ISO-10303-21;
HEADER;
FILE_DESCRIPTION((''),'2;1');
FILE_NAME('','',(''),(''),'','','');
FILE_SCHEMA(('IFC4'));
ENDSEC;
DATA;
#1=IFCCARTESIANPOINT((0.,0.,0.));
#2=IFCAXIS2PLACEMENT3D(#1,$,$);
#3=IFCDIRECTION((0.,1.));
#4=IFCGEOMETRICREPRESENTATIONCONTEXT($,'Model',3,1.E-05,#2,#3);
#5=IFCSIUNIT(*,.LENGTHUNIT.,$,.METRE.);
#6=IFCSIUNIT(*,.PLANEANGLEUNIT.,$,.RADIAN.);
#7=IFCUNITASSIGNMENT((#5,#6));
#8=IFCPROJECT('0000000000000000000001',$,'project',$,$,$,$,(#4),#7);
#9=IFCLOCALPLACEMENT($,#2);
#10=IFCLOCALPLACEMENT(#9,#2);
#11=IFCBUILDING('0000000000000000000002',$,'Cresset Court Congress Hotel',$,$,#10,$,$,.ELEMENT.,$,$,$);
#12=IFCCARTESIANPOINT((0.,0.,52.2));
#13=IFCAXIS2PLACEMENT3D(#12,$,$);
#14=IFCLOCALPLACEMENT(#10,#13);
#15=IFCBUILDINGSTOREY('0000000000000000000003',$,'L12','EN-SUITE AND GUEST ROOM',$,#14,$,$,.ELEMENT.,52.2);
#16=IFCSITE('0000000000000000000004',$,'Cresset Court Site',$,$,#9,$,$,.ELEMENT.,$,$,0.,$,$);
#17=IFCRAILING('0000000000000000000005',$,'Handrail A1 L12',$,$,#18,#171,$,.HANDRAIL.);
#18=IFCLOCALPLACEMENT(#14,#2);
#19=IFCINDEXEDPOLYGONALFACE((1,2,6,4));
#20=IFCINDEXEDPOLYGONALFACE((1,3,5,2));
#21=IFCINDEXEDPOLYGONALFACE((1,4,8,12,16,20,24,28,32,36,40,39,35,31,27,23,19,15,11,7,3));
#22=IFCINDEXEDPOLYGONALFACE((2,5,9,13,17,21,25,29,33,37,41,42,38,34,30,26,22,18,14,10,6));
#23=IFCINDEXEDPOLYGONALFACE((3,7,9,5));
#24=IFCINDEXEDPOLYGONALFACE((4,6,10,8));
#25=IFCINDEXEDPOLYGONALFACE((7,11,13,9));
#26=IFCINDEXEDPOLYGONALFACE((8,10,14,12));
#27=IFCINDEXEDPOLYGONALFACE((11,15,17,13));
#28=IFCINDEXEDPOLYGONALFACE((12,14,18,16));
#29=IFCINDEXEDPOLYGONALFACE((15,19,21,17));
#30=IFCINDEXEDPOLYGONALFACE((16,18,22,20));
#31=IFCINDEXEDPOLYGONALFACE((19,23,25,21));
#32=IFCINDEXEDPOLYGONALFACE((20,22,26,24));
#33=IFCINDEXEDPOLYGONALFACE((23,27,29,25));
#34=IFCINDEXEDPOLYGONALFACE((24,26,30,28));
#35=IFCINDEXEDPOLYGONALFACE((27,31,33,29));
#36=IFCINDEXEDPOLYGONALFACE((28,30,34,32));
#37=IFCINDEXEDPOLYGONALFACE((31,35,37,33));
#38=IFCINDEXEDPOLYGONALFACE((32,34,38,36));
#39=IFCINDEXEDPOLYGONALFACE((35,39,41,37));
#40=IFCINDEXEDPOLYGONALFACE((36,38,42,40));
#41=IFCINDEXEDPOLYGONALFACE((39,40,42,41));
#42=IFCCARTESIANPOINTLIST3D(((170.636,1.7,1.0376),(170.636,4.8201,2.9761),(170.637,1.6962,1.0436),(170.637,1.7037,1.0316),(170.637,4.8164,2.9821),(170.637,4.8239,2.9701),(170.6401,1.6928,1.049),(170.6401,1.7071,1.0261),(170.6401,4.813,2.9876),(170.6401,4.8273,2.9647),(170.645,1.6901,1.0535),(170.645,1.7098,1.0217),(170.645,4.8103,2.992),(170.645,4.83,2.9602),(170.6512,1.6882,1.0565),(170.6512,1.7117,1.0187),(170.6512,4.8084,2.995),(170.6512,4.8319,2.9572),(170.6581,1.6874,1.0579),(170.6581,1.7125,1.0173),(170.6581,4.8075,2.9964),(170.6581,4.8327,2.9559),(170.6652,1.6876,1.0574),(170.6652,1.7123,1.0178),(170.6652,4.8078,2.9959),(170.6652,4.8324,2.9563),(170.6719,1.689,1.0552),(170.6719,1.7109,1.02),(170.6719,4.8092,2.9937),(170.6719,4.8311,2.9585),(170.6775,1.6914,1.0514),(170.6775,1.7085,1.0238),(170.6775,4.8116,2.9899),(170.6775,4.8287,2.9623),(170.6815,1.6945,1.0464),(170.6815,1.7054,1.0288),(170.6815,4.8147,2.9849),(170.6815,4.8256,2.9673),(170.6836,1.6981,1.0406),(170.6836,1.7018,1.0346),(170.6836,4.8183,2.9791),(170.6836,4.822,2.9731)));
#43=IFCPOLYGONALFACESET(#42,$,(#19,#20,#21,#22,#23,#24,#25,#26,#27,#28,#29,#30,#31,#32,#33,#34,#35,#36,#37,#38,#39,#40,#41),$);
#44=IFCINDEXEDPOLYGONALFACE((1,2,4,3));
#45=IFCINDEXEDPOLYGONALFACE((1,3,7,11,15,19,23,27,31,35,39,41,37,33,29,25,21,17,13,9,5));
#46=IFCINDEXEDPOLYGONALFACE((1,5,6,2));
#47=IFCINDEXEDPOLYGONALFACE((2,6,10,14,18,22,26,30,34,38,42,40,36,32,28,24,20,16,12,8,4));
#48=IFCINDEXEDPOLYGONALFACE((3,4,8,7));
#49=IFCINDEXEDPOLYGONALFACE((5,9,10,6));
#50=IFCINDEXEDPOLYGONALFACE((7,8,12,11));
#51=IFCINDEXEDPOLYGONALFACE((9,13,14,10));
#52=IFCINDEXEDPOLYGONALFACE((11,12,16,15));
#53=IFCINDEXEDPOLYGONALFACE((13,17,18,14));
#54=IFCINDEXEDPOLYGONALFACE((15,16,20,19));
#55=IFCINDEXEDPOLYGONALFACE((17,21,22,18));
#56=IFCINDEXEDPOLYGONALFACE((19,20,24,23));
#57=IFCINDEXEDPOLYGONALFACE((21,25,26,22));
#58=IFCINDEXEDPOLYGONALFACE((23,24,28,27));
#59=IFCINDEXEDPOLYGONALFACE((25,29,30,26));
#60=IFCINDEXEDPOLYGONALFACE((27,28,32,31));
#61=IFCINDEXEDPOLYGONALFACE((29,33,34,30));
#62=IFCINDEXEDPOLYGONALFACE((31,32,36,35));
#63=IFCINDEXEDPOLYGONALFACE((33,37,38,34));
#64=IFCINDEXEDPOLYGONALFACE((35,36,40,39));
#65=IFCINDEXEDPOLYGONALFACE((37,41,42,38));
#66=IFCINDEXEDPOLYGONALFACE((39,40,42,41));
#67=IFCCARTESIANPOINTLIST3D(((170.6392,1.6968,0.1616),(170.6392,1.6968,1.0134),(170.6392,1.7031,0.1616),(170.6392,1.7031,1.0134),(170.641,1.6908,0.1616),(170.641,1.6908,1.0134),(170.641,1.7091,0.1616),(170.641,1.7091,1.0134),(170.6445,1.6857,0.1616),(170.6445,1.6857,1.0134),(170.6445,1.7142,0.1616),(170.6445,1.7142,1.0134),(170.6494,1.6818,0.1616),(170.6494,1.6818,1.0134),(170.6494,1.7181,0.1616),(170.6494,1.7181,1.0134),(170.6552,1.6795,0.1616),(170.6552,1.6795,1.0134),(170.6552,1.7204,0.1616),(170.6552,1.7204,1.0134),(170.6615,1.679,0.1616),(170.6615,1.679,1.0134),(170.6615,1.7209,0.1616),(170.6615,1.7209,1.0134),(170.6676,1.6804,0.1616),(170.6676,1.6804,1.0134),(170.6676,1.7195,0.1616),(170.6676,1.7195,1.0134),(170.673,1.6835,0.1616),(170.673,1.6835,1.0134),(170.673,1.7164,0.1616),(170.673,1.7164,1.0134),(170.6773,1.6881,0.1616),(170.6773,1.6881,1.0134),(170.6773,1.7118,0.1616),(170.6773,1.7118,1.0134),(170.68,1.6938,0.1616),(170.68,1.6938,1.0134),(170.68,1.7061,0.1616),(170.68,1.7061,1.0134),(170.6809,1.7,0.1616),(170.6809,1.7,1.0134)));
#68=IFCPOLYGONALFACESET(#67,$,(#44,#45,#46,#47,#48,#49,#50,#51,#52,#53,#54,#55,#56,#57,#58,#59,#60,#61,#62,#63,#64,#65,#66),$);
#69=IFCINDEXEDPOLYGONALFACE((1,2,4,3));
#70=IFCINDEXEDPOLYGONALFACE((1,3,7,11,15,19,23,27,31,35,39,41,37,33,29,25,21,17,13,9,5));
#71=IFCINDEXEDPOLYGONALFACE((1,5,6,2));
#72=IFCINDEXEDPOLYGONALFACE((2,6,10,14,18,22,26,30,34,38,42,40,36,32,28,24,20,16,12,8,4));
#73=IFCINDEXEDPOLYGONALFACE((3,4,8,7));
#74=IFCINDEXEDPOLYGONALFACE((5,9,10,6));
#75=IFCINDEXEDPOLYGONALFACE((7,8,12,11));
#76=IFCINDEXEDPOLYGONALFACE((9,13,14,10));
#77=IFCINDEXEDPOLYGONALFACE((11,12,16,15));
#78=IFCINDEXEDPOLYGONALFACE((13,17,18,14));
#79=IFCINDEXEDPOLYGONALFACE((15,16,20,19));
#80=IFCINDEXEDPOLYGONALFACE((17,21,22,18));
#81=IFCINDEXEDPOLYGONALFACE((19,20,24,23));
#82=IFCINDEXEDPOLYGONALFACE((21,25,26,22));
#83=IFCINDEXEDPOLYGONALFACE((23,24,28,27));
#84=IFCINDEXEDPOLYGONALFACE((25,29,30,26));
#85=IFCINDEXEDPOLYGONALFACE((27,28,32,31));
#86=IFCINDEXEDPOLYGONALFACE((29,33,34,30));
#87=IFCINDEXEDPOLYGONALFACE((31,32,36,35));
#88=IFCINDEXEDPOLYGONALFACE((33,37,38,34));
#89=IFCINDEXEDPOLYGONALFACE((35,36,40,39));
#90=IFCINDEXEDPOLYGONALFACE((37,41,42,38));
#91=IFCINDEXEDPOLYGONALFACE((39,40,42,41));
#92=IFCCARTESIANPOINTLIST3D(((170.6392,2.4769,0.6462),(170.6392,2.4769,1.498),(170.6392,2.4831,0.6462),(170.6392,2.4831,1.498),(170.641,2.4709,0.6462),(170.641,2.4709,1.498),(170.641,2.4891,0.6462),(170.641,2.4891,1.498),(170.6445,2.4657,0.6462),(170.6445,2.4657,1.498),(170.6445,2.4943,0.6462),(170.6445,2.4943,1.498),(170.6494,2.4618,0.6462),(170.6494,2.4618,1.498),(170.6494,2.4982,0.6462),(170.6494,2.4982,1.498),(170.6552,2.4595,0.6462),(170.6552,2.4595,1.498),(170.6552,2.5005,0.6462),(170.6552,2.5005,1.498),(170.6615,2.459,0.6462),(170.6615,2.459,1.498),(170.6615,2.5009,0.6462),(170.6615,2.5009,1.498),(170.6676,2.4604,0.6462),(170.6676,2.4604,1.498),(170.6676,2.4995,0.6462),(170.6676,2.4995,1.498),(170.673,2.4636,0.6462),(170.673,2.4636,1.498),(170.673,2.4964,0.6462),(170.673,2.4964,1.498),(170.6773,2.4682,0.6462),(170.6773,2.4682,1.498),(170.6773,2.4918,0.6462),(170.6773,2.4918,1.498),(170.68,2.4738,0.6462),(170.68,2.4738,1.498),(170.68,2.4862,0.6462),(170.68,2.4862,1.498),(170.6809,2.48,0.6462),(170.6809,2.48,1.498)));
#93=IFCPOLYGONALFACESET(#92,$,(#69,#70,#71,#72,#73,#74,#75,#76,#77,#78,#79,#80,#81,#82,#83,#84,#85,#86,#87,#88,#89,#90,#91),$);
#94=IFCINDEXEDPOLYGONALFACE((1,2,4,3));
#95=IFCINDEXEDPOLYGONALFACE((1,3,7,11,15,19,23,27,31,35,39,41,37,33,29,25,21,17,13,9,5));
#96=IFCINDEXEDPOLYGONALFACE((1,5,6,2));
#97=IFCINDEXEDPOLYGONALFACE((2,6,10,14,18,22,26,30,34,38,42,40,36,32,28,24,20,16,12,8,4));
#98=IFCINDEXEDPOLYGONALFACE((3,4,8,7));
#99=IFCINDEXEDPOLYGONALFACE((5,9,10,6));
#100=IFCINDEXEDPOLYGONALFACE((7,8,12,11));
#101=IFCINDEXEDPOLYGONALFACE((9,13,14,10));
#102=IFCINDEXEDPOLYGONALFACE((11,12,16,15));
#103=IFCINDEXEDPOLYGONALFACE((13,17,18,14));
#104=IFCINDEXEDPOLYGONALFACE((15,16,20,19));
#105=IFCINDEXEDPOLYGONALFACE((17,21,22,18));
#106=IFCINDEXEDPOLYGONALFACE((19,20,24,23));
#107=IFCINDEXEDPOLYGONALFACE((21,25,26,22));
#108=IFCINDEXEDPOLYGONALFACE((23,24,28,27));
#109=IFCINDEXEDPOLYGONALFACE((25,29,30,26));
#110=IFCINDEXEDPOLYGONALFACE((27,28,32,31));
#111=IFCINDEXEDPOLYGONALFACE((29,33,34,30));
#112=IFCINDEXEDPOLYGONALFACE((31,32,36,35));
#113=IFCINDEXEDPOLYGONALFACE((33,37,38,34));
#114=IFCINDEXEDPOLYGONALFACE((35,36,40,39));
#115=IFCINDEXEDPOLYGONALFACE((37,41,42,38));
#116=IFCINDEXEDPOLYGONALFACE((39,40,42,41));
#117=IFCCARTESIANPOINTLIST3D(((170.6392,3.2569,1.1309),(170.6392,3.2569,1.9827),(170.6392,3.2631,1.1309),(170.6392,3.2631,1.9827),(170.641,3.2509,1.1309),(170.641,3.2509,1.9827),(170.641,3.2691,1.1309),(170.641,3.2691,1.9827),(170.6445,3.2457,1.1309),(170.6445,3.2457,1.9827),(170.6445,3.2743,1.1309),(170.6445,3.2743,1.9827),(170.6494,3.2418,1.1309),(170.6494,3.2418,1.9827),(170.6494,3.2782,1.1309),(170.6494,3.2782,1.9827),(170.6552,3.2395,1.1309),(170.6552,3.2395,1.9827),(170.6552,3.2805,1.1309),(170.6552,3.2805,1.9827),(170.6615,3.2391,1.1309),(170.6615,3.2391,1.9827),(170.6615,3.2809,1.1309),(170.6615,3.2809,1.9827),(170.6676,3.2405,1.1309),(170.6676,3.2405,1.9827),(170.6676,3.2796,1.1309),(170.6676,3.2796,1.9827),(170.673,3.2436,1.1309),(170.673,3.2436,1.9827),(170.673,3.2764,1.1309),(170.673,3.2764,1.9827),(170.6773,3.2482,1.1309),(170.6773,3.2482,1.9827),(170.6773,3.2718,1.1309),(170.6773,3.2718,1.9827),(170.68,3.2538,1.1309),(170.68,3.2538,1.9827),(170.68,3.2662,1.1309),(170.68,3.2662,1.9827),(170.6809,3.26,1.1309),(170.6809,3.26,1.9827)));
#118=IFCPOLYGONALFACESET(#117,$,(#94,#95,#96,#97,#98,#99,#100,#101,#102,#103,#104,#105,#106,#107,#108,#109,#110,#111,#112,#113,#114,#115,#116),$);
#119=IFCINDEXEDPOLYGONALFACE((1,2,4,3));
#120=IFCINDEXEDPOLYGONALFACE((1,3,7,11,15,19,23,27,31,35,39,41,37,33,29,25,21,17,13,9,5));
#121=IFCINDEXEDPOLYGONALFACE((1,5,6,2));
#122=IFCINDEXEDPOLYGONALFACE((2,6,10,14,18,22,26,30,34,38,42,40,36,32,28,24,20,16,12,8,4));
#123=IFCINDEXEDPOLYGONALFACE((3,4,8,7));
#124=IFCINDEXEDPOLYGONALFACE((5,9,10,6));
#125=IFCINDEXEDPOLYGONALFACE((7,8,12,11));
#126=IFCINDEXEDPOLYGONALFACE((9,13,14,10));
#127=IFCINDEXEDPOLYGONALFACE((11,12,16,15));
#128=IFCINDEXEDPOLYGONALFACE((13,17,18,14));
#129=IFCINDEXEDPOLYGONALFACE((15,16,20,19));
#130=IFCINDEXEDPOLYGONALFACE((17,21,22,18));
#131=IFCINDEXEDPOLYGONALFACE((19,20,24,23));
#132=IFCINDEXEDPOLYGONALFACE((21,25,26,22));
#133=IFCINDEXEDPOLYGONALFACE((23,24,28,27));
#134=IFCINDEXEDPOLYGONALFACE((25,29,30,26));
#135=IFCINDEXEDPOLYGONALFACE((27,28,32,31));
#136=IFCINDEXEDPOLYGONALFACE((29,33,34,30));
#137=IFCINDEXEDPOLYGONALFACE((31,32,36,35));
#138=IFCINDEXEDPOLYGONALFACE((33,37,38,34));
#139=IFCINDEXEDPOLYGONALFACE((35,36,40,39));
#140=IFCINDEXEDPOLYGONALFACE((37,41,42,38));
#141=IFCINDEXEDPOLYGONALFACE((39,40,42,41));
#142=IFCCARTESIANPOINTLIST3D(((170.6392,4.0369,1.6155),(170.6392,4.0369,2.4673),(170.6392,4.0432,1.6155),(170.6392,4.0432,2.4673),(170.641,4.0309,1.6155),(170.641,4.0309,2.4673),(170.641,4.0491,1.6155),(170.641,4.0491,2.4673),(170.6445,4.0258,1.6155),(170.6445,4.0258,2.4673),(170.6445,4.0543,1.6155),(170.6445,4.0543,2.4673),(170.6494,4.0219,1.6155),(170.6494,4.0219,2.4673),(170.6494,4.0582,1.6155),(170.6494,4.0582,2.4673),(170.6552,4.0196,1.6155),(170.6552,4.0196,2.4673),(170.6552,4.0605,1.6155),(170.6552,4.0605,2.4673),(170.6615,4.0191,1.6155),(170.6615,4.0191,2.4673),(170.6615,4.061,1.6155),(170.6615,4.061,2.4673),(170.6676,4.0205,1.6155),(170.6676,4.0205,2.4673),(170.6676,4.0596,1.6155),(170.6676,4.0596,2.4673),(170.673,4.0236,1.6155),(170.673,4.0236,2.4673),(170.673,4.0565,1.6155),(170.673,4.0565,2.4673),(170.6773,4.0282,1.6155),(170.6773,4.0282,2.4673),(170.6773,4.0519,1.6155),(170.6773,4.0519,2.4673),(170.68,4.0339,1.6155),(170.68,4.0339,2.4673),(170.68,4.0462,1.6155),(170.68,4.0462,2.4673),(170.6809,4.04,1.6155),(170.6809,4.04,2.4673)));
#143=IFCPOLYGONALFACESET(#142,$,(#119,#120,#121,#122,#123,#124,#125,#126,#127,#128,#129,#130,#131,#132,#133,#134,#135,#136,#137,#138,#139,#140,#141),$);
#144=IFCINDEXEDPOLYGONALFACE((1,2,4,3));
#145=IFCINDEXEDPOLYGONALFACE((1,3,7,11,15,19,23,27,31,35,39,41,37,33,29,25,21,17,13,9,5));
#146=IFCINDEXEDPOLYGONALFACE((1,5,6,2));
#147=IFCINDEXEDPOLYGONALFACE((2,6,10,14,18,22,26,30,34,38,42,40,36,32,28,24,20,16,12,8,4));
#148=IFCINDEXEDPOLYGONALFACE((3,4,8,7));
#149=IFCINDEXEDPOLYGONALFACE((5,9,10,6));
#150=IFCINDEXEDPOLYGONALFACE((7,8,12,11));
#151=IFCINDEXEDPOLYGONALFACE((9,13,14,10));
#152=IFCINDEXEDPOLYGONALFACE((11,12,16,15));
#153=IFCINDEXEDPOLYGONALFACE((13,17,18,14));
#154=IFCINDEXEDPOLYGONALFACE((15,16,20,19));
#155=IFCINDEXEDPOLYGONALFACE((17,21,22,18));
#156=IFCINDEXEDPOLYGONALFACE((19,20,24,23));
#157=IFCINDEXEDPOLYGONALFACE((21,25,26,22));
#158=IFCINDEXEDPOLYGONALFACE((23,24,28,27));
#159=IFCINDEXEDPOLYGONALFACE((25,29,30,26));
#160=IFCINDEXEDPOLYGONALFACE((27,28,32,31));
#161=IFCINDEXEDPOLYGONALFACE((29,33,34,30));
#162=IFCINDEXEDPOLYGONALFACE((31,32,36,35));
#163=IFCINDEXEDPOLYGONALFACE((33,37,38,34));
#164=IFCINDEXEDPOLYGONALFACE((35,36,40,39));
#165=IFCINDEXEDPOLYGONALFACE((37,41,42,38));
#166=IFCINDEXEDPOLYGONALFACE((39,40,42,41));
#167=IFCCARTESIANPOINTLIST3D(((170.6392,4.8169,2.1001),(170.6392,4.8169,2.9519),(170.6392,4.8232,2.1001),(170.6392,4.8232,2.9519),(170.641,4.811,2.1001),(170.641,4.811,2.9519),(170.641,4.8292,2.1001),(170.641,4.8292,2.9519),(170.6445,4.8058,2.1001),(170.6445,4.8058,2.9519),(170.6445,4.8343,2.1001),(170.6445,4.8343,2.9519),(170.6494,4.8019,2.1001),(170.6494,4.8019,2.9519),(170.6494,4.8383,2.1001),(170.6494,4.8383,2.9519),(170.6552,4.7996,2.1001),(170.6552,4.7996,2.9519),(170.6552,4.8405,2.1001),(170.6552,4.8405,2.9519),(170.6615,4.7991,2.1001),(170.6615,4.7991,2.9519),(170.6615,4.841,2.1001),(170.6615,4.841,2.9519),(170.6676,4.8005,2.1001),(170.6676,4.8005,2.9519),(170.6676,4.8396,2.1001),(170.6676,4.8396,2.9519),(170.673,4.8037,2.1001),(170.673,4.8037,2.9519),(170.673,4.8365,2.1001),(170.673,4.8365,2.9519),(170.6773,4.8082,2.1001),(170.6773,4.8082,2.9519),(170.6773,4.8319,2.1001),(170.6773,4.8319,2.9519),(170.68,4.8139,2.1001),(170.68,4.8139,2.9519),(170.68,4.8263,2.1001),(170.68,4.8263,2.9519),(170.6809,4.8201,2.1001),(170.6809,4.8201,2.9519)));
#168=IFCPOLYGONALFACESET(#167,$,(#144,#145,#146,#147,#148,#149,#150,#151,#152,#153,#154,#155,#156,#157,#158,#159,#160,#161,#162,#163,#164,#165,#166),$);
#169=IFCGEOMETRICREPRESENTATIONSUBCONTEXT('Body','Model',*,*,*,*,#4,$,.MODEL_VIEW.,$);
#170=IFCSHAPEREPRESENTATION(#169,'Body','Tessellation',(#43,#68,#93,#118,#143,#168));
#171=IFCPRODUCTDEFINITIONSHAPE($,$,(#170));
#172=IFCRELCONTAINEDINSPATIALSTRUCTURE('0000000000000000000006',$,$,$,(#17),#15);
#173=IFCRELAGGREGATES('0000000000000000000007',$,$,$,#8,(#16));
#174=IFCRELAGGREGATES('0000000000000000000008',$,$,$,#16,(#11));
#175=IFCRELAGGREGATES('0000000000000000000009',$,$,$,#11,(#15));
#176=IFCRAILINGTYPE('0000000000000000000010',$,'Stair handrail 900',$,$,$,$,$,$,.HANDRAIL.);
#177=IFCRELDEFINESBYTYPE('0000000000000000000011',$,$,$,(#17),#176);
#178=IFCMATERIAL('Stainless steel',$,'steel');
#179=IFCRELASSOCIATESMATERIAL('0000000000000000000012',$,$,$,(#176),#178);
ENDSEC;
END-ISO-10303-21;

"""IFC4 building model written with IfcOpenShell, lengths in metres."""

from ifc_helpers import new_model, si_unit, direction, frame, origin, origin_2d, place, context, subcontext, project, spatial, circle, extrude, material, type_object, element, save


model = new_model("IFC4")

# Units and contexts
model_context = context("Model", 3, precision=1e-05, world=origin(), true_north=direction((0.0, 1.0)))
body_context = subcontext(model_context, "Body", "Model", "MODEL_VIEW")
ifc_project = project(units=[si_unit("LENGTHUNIT", "METRE"), si_unit("PLANEANGLEUNIT", "RADIAN")], contexts=[model_context])

# Site, building, storey
site_placement = place(None, origin())
site = spatial("IfcSite", under=ifc_project, at=site_placement, Name="Cresset Court Site", CompositionType="ELEMENT", RefElevation=0.0)
building_placement = place(site_placement, origin())
building = spatial("IfcBuilding", under=site, at=building_placement, Name="Cresset Court Congress Hotel", CompositionType="ELEMENT")
storey_placement = place(building_placement, frame((0.0, 0.0, 52.2)))
storey = spatial("IfcBuildingStorey", under=building, at=storey_placement, Name="L12", Description="EN-SUITE AND GUEST ROOM", CompositionType="ELEMENT", Elevation=52.2)

# Railing
ifc_material_1 = material(Name="Stainless steel", Category="steel")
railing_type_1 = type_object("IfcRailingType", Name="Stair handrail 900", PredefinedType="HANDRAIL", material=ifc_material_1)
for number, where, name in (
    (1, (170.6599, 1.7, 0.1616), "Handrail A1 L12"),
):
    element("IfcRailing", number, at=place(storey_placement, frame(where)), inside=storey, type_object=railing_type_1, Name=name, PredefinedType="HANDRAIL", context=body_context, shape_type="SweptSolid", body=[
        extrude(circle(Radius=0.0239, at=origin_2d()), frame((0.0, 0.0, 0.876), z_axis=(0.0, 0.849414, 0.527727), x_axis=(-1.0, 0.0, 0.0)), (0.0, 0.0, 1.0), 3.6733),
        extrude(circle(Radius=0.021, at=origin_2d()), origin(), (0.0, 0.0, 1.0), 0.8518),
        extrude(circle(Radius=0.021, at=origin_2d()), frame((0.0, 0.78, 0.4846)), (0.0, 0.0, 1.0), 0.8518),
        extrude(circle(Radius=0.021, at=origin_2d()), frame((0.0, 1.5601, 0.9692)), (0.0, 0.0, 1.0), 0.8518),
        extrude(circle(Radius=0.021, at=origin_2d()), frame((0.0, 2.3401, 1.4539)), (0.0, 0.0, 1.0), 0.8518),
        extrude(circle(Radius=0.021, at=origin_2d()), frame((0.0, 3.1201, 1.9385)), (0.0, 0.0, 1.0), 0.8518),
    ])

save(model, "model.ifc")
